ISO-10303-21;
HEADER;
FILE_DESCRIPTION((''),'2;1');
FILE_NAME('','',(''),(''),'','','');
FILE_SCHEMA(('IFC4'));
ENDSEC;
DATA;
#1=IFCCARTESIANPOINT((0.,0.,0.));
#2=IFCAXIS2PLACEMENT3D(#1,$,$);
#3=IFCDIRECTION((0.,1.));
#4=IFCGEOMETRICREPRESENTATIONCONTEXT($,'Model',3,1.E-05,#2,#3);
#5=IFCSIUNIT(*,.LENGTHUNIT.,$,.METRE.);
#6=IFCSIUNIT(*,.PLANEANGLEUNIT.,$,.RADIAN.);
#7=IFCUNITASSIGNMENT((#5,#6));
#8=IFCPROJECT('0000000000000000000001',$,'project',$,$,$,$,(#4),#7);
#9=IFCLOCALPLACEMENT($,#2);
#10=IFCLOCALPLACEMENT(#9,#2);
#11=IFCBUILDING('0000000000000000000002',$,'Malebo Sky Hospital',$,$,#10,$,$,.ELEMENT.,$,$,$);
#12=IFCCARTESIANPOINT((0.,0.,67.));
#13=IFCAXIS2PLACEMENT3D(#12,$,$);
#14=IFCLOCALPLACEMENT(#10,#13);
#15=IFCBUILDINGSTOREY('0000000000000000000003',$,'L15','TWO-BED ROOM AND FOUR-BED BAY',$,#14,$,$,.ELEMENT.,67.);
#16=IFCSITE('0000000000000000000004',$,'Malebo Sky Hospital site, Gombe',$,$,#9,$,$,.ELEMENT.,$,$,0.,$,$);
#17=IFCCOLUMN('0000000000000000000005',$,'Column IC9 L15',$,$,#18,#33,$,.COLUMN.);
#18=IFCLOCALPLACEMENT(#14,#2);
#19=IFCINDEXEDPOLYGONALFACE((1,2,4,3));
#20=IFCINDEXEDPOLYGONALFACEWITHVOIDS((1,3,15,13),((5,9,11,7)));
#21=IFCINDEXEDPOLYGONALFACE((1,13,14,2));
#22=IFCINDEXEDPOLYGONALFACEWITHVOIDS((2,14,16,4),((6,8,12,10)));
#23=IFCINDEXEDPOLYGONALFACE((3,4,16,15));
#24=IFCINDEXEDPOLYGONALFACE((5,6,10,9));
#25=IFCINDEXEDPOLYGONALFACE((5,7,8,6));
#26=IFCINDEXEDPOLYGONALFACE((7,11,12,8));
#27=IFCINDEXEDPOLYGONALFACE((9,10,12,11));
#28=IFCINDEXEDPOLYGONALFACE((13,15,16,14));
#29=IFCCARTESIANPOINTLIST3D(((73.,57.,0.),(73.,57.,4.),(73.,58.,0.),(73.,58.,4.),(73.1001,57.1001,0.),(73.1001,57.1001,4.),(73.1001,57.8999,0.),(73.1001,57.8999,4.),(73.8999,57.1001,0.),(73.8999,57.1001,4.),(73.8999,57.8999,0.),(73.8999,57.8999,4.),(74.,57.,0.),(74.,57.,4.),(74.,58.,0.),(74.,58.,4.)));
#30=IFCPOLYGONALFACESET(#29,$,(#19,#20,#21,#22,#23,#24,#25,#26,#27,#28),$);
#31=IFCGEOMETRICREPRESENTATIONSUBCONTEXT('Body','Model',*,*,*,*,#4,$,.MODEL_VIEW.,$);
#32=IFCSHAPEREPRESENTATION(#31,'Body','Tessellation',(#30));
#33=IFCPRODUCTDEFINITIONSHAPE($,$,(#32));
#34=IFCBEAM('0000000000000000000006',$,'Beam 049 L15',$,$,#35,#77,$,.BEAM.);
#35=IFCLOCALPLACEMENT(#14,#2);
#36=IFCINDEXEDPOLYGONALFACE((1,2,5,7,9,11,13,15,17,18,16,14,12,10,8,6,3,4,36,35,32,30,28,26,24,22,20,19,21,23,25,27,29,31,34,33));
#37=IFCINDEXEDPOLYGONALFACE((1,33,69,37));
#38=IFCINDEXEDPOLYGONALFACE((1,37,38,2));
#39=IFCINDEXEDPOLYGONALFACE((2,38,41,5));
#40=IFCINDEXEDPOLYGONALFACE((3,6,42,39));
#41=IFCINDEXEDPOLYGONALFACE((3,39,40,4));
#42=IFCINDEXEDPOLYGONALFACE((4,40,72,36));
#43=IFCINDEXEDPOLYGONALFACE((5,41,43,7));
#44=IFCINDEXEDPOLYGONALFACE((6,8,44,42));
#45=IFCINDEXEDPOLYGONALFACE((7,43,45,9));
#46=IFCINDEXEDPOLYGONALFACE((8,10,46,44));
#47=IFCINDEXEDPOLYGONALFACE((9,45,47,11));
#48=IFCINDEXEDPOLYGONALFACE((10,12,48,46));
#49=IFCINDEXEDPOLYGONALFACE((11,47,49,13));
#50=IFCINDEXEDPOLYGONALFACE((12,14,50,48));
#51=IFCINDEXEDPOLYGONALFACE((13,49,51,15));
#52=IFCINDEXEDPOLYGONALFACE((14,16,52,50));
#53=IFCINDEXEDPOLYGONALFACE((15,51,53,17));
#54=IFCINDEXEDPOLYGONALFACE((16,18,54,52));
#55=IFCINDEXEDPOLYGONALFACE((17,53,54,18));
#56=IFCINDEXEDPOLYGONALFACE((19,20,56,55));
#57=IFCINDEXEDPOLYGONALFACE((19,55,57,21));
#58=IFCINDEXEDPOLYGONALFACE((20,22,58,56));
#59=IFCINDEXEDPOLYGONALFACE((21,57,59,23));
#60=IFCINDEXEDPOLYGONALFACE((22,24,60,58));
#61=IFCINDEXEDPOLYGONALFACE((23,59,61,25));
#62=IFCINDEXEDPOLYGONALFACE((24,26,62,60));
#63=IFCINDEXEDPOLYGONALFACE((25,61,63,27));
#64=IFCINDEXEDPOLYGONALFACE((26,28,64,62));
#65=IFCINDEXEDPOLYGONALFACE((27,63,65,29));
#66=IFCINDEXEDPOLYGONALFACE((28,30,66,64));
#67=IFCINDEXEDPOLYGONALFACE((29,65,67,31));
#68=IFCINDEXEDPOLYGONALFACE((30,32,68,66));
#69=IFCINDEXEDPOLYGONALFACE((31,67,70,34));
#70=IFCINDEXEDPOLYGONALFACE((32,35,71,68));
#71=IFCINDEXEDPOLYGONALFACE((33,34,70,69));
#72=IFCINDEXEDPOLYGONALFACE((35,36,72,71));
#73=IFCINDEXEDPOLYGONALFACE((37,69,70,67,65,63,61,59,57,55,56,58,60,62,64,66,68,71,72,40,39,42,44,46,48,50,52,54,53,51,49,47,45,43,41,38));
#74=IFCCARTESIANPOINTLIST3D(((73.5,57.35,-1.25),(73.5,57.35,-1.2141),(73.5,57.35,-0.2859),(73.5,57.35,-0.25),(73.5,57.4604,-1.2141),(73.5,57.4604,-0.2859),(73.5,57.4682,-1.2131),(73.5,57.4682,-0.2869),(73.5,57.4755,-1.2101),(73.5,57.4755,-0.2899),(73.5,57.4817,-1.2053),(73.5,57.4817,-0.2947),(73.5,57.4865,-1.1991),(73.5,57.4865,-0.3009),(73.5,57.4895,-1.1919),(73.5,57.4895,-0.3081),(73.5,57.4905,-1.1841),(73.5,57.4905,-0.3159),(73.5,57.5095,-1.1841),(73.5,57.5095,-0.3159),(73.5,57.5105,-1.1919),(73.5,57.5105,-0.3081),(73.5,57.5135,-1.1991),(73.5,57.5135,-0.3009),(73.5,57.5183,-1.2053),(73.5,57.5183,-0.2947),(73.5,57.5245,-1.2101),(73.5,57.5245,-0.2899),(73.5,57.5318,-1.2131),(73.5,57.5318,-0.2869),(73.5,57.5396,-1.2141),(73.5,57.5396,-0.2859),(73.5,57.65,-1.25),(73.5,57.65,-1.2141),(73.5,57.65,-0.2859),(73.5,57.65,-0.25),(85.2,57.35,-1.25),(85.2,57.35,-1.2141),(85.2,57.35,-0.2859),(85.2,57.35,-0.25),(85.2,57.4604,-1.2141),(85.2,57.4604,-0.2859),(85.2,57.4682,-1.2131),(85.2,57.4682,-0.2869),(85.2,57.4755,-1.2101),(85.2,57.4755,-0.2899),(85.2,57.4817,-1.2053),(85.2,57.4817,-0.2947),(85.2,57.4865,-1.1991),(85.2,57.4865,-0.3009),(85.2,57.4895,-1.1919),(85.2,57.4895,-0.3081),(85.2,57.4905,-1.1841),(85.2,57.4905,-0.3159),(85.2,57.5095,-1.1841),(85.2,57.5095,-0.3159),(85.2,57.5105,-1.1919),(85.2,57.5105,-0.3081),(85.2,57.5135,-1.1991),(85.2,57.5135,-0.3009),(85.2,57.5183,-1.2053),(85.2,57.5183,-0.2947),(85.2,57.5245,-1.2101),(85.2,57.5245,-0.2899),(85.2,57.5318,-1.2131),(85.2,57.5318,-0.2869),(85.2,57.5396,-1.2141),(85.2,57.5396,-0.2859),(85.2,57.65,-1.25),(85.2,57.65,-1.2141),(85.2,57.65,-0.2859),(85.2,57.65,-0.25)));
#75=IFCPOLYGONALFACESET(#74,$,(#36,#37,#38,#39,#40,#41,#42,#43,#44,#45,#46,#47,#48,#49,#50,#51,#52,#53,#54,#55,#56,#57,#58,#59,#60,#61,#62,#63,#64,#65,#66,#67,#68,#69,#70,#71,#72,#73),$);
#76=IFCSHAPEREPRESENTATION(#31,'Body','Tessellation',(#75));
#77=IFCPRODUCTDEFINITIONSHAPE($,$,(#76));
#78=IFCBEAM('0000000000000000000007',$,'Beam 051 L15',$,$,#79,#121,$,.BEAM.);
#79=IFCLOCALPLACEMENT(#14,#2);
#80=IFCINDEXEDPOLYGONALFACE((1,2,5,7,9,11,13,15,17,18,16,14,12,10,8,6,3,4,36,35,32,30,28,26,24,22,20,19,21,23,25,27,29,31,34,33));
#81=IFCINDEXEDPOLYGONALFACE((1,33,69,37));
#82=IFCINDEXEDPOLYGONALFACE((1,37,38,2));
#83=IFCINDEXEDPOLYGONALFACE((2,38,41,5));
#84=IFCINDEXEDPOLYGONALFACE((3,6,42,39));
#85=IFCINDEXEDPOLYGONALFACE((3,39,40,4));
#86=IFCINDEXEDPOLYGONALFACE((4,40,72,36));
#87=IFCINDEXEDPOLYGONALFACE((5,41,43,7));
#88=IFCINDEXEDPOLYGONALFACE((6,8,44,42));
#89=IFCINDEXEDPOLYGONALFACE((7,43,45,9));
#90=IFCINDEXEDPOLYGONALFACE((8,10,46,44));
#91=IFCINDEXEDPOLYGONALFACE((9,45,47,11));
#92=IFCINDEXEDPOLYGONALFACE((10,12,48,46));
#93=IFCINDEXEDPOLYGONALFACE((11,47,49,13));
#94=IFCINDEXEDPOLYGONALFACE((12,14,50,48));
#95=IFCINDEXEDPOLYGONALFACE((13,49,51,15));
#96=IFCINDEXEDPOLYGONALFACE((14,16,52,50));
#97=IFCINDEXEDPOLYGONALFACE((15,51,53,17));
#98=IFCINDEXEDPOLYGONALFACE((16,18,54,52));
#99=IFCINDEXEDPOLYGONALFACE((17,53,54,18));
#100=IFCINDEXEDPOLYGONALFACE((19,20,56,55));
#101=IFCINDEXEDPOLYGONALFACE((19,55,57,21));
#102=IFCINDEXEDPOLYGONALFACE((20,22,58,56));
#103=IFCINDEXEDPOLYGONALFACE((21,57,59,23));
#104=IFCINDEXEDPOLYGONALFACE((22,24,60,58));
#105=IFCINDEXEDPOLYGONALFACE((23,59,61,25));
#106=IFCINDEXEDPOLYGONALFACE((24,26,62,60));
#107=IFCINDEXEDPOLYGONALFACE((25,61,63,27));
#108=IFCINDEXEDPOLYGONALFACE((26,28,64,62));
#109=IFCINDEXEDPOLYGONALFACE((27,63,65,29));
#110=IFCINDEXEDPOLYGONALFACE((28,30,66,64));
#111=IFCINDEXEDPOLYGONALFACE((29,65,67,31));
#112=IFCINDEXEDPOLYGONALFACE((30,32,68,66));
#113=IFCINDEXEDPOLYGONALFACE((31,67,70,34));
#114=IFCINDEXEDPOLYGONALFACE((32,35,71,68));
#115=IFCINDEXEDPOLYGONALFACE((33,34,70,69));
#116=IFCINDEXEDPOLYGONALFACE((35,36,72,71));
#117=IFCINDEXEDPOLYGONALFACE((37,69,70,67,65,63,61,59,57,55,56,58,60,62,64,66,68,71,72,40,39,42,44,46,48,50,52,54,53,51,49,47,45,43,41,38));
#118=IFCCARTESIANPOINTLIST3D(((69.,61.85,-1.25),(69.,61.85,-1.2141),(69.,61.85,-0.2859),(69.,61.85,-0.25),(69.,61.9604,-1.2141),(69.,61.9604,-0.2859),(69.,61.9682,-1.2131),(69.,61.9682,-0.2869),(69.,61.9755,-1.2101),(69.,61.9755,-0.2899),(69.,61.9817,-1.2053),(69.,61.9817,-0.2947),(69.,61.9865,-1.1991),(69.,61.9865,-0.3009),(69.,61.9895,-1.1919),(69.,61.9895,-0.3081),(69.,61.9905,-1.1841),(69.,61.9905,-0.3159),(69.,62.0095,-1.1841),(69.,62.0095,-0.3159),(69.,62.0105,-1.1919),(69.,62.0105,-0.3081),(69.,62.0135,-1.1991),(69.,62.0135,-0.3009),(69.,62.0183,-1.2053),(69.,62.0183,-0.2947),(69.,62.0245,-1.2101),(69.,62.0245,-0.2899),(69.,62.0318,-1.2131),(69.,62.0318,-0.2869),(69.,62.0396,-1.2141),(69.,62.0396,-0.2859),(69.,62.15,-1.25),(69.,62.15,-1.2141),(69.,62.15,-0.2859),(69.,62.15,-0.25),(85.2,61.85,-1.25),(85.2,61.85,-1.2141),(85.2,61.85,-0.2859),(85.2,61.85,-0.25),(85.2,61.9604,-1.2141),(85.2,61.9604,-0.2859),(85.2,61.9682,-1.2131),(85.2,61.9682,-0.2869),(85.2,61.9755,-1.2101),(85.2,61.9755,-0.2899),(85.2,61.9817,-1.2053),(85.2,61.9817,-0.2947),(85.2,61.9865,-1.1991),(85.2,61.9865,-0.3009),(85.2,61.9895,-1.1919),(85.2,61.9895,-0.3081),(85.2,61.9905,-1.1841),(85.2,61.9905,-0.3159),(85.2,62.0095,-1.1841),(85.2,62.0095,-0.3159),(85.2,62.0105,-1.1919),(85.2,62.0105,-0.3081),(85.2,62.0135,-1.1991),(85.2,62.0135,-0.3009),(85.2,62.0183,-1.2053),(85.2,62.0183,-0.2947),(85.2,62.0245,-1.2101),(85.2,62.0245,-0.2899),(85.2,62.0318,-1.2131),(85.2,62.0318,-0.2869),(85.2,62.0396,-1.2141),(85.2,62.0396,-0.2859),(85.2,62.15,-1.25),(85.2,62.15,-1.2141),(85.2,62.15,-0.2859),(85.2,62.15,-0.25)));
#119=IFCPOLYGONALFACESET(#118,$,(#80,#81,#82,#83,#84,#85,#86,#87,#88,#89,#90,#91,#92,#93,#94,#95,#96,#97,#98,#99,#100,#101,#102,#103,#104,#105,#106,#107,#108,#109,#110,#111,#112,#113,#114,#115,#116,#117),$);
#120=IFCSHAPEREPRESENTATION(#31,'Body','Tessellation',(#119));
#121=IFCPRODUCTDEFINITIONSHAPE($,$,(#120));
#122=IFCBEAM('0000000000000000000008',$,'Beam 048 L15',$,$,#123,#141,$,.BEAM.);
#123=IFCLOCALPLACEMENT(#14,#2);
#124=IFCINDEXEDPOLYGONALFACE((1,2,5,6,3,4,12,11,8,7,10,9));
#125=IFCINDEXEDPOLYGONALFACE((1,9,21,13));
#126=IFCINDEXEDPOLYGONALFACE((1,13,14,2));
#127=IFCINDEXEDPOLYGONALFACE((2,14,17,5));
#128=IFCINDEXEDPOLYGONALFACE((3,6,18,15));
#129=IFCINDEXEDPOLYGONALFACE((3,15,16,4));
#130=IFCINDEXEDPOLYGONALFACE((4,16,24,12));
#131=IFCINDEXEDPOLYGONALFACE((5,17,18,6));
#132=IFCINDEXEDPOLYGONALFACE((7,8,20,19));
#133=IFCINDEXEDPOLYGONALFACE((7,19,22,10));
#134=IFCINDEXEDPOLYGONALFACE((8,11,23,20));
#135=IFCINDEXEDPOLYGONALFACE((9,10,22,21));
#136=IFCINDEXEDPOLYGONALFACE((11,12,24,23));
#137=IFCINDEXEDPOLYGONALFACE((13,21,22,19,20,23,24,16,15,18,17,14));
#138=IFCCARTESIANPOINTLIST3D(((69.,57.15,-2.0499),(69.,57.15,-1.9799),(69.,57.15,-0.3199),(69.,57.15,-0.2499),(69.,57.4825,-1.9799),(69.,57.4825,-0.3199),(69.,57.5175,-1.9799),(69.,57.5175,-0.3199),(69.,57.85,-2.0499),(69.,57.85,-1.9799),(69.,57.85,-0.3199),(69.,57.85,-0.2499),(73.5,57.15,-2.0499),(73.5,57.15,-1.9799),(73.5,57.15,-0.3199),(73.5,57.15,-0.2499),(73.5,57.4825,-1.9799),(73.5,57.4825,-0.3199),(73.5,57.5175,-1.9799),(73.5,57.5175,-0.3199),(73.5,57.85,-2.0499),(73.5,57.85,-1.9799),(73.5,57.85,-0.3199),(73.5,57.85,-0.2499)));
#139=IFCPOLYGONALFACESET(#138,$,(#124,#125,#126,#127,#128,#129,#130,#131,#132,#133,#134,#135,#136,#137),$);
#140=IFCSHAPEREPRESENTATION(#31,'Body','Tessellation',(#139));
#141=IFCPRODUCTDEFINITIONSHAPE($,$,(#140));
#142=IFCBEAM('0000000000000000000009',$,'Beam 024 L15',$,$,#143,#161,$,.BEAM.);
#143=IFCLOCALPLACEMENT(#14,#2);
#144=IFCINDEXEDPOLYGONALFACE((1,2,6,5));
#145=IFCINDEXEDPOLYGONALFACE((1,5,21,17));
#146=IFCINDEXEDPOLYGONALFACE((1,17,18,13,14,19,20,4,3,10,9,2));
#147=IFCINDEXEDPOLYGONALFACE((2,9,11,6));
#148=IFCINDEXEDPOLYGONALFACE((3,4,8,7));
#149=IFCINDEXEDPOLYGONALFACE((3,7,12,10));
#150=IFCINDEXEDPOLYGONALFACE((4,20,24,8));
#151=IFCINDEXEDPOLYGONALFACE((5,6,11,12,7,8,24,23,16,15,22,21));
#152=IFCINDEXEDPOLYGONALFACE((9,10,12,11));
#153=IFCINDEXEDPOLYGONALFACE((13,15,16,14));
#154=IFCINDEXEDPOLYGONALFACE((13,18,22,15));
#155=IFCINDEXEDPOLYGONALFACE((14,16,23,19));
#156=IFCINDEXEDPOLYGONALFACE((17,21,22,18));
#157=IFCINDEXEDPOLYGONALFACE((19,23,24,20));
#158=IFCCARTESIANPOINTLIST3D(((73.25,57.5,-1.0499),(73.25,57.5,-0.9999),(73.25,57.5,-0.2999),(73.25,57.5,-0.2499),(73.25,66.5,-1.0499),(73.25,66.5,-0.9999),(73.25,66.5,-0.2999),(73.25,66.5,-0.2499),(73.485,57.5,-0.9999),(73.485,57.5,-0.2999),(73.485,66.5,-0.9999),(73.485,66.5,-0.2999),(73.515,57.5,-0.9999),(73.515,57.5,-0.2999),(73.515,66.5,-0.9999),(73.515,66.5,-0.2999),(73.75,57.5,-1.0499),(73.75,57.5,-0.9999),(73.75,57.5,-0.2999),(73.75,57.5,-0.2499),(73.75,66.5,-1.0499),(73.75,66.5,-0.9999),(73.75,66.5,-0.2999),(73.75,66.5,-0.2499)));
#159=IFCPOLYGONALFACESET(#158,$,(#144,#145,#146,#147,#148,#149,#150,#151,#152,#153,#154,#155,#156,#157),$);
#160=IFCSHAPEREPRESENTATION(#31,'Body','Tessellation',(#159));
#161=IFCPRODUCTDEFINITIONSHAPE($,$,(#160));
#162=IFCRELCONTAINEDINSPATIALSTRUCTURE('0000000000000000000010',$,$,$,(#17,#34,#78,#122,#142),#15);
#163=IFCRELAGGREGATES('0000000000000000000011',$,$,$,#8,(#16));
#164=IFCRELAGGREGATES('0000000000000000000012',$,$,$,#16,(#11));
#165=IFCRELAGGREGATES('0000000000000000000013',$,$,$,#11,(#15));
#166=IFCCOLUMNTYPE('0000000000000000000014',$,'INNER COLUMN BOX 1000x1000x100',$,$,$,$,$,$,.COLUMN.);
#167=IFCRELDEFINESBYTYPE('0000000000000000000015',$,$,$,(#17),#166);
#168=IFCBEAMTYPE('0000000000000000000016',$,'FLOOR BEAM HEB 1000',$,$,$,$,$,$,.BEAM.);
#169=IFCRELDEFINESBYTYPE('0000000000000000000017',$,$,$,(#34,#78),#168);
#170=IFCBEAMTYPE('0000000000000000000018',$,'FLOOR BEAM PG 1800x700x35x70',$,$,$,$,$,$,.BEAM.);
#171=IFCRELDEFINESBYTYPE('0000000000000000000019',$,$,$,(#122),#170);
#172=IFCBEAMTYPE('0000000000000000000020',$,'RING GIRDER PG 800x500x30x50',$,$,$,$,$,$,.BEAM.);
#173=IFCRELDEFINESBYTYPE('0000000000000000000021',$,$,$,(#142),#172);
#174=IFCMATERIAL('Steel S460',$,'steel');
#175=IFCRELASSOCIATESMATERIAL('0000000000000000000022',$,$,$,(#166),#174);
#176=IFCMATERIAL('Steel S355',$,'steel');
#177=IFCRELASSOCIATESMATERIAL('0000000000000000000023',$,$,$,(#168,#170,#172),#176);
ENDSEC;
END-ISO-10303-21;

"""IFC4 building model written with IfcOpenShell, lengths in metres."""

from ifc_helpers import new_model, si_unit, direction, frame, origin, origin_2d, place, context, subcontext, project, spatial, hollow_rectangle, i_section, extrude, material, material_profile, profile_set, type_object, element, save


model = new_model("IFC4")

# Units and contexts
model_context = context("Model", 3, precision=1e-05, world=origin(), true_north=direction((0.0, 1.0)))
body_context = subcontext(model_context, "Body", "Model", "MODEL_VIEW")
ifc_project = project(units=[si_unit("LENGTHUNIT", "METRE"), si_unit("PLANEANGLEUNIT", "RADIAN")], contexts=[model_context])

# Site, building, storey
site_placement = place(None, origin())
site = spatial("IfcSite", under=ifc_project, at=site_placement, Name="Malebo Sky Hospital site, Gombe", CompositionType="ELEMENT", RefElevation=0.0)
building_placement = place(site_placement, origin())
building = spatial("IfcBuilding", under=site, at=building_placement, Name="Malebo Sky Hospital", CompositionType="ELEMENT")
storey_placement = place(building_placement, frame((0.0, 0.0, 67.0)))
storey = spatial("IfcBuildingStorey", under=building, at=storey_placement, Name="L15", Description="TWO-BED ROOM AND FOUR-BED BAY", CompositionType="ELEMENT", Elevation=67.0)

# Column
ifc_material_1 = material(Name="Steel S460", Category="steel")
ifc_material_profile_1 = material_profile(ifc_material_1, hollow_rectangle(XDim=1.0, YDim=1.0, WallThickness=0.1001, at=origin_2d()), Name="BOX 1000x1000x100")
ifc_profile_set_1 = profile_set([ifc_material_profile_1], Name="Steel S460")
column_type = type_object("IfcColumnType", Name="INNER COLUMN BOX 1000x1000x100", PredefinedType="COLUMN", material=ifc_profile_set_1)
column_placement = place(storey_placement, frame((73.5, 57.5, 0.0), z_axis=(0.0, 0.0, 1.0), x_axis=(1.0, 0.0, 0.0)))
element("IfcColumn", 1, at=column_placement, inside=storey, type_object=column_type, Name="Column IC9 L15", PredefinedType="COLUMN", context=body_context, shape_type="SweptSolid", body=[
    extrude(hollow_rectangle(XDim=1.0, YDim=1.0, WallThickness=0.1001, at=origin_2d()), origin(), (0.0, 0.0, 1.0), 4.0),
])

# Beams
ifc_material_2 = material(Name="Steel S355", Category="steel")
ifc_material_profile_2 = material_profile(ifc_material_2, i_section(OverallWidth=0.3, OverallDepth=1.0, WebThickness=0.019, FlangeThickness=0.0359, FilletRadius=0.03, at=origin_2d()), Name="HEB 1000")
ifc_profile_set_2 = profile_set([ifc_material_profile_2], Name="Steel S355")
beam_type_1 = type_object("IfcBeamType", Name="FLOOR BEAM HEB 1000", PredefinedType="BEAM", material=ifc_profile_set_2)
beam_1_placement = place(storey_placement, frame((73.5, 57.5, -0.75), z_axis=(1.0, 0.0, 0.0), x_axis=(0.0, 1.0, 0.0)))
element("IfcBeam", 2, at=beam_1_placement, inside=storey, type_object=beam_type_1, Name="Beam 049 L15", PredefinedType="BEAM", context=body_context, shape_type="SweptSolid", body=[
    extrude(i_section(OverallWidth=0.3, OverallDepth=1.0, WebThickness=0.019, FlangeThickness=0.0359, FilletRadius=0.03, at=origin_2d()), origin(), (0.0, 0.0, 1.0), 11.7),
])
beam_2_placement = place(storey_placement, frame((69.0, 62.0, -0.75), z_axis=(1.0, 0.0, 0.0), x_axis=(0.0, 1.0, 0.0)))
element("IfcBeam", 3, at=beam_2_placement, inside=storey, type_object=beam_type_1, Name="Beam 051 L15", PredefinedType="BEAM", context=body_context, shape_type="SweptSolid", body=[
    extrude(i_section(OverallWidth=0.3, OverallDepth=1.0, WebThickness=0.019, FlangeThickness=0.0359, FilletRadius=0.03, at=origin_2d()), origin(), (0.0, 0.0, 1.0), 16.2),
])
ifc_material_profile_3 = material_profile(ifc_material_2, i_section(OverallWidth=0.7, OverallDepth=1.8, WebThickness=0.0349, FlangeThickness=0.0701, at=origin_2d()), Name="PG 1800x700x35x70")
ifc_profile_set_3 = profile_set([ifc_material_profile_3], Name="Steel S355")
beam_type_2 = type_object("IfcBeamType", Name="FLOOR BEAM PG 1800x700x35x70", PredefinedType="BEAM", material=ifc_profile_set_3)
beam_3_placement = place(storey_placement, frame((69.0, 57.5, -1.1499), z_axis=(1.0, 0.0, 0.0), x_axis=(0.0, 1.0, 0.0)))
element("IfcBeam", 4, at=beam_3_placement, inside=storey, type_object=beam_type_2, Name="Beam 048 L15", PredefinedType="BEAM", context=body_context, shape_type="SweptSolid", body=[
    extrude(i_section(OverallWidth=0.7, OverallDepth=1.8, WebThickness=0.0349, FlangeThickness=0.0701, at=origin_2d()), origin(), (0.0, 0.0, 1.0), 4.5),
])
ifc_material_profile_4 = material_profile(ifc_material_2, i_section(OverallWidth=0.5, OverallDepth=0.8, WebThickness=0.03, FlangeThickness=0.05, at=origin_2d()), Name="PG 800x500x30x50")
ifc_profile_set_4 = profile_set([ifc_material_profile_4], Name="Steel S355")
beam_type_3 = type_object("IfcBeamType", Name="RING GIRDER PG 800x500x30x50", PredefinedType="BEAM", material=ifc_profile_set_4)
beam_4_placement = place(storey_placement, frame((73.5, 57.5, -0.6499), z_axis=(0.0, 1.0, 0.0), x_axis=(-1.0, 0.0, 0.0)))
element("IfcBeam", 5, at=beam_4_placement, inside=storey, type_object=beam_type_3, Name="Beam 024 L15", PredefinedType="BEAM", context=body_context, shape_type="SweptSolid", body=[
    extrude(i_section(OverallWidth=0.5, OverallDepth=0.8, WebThickness=0.03, FlangeThickness=0.05, at=origin_2d()), origin(), (0.0, 0.0, 1.0), 9.0),
])

save(model, "model.ifc")
